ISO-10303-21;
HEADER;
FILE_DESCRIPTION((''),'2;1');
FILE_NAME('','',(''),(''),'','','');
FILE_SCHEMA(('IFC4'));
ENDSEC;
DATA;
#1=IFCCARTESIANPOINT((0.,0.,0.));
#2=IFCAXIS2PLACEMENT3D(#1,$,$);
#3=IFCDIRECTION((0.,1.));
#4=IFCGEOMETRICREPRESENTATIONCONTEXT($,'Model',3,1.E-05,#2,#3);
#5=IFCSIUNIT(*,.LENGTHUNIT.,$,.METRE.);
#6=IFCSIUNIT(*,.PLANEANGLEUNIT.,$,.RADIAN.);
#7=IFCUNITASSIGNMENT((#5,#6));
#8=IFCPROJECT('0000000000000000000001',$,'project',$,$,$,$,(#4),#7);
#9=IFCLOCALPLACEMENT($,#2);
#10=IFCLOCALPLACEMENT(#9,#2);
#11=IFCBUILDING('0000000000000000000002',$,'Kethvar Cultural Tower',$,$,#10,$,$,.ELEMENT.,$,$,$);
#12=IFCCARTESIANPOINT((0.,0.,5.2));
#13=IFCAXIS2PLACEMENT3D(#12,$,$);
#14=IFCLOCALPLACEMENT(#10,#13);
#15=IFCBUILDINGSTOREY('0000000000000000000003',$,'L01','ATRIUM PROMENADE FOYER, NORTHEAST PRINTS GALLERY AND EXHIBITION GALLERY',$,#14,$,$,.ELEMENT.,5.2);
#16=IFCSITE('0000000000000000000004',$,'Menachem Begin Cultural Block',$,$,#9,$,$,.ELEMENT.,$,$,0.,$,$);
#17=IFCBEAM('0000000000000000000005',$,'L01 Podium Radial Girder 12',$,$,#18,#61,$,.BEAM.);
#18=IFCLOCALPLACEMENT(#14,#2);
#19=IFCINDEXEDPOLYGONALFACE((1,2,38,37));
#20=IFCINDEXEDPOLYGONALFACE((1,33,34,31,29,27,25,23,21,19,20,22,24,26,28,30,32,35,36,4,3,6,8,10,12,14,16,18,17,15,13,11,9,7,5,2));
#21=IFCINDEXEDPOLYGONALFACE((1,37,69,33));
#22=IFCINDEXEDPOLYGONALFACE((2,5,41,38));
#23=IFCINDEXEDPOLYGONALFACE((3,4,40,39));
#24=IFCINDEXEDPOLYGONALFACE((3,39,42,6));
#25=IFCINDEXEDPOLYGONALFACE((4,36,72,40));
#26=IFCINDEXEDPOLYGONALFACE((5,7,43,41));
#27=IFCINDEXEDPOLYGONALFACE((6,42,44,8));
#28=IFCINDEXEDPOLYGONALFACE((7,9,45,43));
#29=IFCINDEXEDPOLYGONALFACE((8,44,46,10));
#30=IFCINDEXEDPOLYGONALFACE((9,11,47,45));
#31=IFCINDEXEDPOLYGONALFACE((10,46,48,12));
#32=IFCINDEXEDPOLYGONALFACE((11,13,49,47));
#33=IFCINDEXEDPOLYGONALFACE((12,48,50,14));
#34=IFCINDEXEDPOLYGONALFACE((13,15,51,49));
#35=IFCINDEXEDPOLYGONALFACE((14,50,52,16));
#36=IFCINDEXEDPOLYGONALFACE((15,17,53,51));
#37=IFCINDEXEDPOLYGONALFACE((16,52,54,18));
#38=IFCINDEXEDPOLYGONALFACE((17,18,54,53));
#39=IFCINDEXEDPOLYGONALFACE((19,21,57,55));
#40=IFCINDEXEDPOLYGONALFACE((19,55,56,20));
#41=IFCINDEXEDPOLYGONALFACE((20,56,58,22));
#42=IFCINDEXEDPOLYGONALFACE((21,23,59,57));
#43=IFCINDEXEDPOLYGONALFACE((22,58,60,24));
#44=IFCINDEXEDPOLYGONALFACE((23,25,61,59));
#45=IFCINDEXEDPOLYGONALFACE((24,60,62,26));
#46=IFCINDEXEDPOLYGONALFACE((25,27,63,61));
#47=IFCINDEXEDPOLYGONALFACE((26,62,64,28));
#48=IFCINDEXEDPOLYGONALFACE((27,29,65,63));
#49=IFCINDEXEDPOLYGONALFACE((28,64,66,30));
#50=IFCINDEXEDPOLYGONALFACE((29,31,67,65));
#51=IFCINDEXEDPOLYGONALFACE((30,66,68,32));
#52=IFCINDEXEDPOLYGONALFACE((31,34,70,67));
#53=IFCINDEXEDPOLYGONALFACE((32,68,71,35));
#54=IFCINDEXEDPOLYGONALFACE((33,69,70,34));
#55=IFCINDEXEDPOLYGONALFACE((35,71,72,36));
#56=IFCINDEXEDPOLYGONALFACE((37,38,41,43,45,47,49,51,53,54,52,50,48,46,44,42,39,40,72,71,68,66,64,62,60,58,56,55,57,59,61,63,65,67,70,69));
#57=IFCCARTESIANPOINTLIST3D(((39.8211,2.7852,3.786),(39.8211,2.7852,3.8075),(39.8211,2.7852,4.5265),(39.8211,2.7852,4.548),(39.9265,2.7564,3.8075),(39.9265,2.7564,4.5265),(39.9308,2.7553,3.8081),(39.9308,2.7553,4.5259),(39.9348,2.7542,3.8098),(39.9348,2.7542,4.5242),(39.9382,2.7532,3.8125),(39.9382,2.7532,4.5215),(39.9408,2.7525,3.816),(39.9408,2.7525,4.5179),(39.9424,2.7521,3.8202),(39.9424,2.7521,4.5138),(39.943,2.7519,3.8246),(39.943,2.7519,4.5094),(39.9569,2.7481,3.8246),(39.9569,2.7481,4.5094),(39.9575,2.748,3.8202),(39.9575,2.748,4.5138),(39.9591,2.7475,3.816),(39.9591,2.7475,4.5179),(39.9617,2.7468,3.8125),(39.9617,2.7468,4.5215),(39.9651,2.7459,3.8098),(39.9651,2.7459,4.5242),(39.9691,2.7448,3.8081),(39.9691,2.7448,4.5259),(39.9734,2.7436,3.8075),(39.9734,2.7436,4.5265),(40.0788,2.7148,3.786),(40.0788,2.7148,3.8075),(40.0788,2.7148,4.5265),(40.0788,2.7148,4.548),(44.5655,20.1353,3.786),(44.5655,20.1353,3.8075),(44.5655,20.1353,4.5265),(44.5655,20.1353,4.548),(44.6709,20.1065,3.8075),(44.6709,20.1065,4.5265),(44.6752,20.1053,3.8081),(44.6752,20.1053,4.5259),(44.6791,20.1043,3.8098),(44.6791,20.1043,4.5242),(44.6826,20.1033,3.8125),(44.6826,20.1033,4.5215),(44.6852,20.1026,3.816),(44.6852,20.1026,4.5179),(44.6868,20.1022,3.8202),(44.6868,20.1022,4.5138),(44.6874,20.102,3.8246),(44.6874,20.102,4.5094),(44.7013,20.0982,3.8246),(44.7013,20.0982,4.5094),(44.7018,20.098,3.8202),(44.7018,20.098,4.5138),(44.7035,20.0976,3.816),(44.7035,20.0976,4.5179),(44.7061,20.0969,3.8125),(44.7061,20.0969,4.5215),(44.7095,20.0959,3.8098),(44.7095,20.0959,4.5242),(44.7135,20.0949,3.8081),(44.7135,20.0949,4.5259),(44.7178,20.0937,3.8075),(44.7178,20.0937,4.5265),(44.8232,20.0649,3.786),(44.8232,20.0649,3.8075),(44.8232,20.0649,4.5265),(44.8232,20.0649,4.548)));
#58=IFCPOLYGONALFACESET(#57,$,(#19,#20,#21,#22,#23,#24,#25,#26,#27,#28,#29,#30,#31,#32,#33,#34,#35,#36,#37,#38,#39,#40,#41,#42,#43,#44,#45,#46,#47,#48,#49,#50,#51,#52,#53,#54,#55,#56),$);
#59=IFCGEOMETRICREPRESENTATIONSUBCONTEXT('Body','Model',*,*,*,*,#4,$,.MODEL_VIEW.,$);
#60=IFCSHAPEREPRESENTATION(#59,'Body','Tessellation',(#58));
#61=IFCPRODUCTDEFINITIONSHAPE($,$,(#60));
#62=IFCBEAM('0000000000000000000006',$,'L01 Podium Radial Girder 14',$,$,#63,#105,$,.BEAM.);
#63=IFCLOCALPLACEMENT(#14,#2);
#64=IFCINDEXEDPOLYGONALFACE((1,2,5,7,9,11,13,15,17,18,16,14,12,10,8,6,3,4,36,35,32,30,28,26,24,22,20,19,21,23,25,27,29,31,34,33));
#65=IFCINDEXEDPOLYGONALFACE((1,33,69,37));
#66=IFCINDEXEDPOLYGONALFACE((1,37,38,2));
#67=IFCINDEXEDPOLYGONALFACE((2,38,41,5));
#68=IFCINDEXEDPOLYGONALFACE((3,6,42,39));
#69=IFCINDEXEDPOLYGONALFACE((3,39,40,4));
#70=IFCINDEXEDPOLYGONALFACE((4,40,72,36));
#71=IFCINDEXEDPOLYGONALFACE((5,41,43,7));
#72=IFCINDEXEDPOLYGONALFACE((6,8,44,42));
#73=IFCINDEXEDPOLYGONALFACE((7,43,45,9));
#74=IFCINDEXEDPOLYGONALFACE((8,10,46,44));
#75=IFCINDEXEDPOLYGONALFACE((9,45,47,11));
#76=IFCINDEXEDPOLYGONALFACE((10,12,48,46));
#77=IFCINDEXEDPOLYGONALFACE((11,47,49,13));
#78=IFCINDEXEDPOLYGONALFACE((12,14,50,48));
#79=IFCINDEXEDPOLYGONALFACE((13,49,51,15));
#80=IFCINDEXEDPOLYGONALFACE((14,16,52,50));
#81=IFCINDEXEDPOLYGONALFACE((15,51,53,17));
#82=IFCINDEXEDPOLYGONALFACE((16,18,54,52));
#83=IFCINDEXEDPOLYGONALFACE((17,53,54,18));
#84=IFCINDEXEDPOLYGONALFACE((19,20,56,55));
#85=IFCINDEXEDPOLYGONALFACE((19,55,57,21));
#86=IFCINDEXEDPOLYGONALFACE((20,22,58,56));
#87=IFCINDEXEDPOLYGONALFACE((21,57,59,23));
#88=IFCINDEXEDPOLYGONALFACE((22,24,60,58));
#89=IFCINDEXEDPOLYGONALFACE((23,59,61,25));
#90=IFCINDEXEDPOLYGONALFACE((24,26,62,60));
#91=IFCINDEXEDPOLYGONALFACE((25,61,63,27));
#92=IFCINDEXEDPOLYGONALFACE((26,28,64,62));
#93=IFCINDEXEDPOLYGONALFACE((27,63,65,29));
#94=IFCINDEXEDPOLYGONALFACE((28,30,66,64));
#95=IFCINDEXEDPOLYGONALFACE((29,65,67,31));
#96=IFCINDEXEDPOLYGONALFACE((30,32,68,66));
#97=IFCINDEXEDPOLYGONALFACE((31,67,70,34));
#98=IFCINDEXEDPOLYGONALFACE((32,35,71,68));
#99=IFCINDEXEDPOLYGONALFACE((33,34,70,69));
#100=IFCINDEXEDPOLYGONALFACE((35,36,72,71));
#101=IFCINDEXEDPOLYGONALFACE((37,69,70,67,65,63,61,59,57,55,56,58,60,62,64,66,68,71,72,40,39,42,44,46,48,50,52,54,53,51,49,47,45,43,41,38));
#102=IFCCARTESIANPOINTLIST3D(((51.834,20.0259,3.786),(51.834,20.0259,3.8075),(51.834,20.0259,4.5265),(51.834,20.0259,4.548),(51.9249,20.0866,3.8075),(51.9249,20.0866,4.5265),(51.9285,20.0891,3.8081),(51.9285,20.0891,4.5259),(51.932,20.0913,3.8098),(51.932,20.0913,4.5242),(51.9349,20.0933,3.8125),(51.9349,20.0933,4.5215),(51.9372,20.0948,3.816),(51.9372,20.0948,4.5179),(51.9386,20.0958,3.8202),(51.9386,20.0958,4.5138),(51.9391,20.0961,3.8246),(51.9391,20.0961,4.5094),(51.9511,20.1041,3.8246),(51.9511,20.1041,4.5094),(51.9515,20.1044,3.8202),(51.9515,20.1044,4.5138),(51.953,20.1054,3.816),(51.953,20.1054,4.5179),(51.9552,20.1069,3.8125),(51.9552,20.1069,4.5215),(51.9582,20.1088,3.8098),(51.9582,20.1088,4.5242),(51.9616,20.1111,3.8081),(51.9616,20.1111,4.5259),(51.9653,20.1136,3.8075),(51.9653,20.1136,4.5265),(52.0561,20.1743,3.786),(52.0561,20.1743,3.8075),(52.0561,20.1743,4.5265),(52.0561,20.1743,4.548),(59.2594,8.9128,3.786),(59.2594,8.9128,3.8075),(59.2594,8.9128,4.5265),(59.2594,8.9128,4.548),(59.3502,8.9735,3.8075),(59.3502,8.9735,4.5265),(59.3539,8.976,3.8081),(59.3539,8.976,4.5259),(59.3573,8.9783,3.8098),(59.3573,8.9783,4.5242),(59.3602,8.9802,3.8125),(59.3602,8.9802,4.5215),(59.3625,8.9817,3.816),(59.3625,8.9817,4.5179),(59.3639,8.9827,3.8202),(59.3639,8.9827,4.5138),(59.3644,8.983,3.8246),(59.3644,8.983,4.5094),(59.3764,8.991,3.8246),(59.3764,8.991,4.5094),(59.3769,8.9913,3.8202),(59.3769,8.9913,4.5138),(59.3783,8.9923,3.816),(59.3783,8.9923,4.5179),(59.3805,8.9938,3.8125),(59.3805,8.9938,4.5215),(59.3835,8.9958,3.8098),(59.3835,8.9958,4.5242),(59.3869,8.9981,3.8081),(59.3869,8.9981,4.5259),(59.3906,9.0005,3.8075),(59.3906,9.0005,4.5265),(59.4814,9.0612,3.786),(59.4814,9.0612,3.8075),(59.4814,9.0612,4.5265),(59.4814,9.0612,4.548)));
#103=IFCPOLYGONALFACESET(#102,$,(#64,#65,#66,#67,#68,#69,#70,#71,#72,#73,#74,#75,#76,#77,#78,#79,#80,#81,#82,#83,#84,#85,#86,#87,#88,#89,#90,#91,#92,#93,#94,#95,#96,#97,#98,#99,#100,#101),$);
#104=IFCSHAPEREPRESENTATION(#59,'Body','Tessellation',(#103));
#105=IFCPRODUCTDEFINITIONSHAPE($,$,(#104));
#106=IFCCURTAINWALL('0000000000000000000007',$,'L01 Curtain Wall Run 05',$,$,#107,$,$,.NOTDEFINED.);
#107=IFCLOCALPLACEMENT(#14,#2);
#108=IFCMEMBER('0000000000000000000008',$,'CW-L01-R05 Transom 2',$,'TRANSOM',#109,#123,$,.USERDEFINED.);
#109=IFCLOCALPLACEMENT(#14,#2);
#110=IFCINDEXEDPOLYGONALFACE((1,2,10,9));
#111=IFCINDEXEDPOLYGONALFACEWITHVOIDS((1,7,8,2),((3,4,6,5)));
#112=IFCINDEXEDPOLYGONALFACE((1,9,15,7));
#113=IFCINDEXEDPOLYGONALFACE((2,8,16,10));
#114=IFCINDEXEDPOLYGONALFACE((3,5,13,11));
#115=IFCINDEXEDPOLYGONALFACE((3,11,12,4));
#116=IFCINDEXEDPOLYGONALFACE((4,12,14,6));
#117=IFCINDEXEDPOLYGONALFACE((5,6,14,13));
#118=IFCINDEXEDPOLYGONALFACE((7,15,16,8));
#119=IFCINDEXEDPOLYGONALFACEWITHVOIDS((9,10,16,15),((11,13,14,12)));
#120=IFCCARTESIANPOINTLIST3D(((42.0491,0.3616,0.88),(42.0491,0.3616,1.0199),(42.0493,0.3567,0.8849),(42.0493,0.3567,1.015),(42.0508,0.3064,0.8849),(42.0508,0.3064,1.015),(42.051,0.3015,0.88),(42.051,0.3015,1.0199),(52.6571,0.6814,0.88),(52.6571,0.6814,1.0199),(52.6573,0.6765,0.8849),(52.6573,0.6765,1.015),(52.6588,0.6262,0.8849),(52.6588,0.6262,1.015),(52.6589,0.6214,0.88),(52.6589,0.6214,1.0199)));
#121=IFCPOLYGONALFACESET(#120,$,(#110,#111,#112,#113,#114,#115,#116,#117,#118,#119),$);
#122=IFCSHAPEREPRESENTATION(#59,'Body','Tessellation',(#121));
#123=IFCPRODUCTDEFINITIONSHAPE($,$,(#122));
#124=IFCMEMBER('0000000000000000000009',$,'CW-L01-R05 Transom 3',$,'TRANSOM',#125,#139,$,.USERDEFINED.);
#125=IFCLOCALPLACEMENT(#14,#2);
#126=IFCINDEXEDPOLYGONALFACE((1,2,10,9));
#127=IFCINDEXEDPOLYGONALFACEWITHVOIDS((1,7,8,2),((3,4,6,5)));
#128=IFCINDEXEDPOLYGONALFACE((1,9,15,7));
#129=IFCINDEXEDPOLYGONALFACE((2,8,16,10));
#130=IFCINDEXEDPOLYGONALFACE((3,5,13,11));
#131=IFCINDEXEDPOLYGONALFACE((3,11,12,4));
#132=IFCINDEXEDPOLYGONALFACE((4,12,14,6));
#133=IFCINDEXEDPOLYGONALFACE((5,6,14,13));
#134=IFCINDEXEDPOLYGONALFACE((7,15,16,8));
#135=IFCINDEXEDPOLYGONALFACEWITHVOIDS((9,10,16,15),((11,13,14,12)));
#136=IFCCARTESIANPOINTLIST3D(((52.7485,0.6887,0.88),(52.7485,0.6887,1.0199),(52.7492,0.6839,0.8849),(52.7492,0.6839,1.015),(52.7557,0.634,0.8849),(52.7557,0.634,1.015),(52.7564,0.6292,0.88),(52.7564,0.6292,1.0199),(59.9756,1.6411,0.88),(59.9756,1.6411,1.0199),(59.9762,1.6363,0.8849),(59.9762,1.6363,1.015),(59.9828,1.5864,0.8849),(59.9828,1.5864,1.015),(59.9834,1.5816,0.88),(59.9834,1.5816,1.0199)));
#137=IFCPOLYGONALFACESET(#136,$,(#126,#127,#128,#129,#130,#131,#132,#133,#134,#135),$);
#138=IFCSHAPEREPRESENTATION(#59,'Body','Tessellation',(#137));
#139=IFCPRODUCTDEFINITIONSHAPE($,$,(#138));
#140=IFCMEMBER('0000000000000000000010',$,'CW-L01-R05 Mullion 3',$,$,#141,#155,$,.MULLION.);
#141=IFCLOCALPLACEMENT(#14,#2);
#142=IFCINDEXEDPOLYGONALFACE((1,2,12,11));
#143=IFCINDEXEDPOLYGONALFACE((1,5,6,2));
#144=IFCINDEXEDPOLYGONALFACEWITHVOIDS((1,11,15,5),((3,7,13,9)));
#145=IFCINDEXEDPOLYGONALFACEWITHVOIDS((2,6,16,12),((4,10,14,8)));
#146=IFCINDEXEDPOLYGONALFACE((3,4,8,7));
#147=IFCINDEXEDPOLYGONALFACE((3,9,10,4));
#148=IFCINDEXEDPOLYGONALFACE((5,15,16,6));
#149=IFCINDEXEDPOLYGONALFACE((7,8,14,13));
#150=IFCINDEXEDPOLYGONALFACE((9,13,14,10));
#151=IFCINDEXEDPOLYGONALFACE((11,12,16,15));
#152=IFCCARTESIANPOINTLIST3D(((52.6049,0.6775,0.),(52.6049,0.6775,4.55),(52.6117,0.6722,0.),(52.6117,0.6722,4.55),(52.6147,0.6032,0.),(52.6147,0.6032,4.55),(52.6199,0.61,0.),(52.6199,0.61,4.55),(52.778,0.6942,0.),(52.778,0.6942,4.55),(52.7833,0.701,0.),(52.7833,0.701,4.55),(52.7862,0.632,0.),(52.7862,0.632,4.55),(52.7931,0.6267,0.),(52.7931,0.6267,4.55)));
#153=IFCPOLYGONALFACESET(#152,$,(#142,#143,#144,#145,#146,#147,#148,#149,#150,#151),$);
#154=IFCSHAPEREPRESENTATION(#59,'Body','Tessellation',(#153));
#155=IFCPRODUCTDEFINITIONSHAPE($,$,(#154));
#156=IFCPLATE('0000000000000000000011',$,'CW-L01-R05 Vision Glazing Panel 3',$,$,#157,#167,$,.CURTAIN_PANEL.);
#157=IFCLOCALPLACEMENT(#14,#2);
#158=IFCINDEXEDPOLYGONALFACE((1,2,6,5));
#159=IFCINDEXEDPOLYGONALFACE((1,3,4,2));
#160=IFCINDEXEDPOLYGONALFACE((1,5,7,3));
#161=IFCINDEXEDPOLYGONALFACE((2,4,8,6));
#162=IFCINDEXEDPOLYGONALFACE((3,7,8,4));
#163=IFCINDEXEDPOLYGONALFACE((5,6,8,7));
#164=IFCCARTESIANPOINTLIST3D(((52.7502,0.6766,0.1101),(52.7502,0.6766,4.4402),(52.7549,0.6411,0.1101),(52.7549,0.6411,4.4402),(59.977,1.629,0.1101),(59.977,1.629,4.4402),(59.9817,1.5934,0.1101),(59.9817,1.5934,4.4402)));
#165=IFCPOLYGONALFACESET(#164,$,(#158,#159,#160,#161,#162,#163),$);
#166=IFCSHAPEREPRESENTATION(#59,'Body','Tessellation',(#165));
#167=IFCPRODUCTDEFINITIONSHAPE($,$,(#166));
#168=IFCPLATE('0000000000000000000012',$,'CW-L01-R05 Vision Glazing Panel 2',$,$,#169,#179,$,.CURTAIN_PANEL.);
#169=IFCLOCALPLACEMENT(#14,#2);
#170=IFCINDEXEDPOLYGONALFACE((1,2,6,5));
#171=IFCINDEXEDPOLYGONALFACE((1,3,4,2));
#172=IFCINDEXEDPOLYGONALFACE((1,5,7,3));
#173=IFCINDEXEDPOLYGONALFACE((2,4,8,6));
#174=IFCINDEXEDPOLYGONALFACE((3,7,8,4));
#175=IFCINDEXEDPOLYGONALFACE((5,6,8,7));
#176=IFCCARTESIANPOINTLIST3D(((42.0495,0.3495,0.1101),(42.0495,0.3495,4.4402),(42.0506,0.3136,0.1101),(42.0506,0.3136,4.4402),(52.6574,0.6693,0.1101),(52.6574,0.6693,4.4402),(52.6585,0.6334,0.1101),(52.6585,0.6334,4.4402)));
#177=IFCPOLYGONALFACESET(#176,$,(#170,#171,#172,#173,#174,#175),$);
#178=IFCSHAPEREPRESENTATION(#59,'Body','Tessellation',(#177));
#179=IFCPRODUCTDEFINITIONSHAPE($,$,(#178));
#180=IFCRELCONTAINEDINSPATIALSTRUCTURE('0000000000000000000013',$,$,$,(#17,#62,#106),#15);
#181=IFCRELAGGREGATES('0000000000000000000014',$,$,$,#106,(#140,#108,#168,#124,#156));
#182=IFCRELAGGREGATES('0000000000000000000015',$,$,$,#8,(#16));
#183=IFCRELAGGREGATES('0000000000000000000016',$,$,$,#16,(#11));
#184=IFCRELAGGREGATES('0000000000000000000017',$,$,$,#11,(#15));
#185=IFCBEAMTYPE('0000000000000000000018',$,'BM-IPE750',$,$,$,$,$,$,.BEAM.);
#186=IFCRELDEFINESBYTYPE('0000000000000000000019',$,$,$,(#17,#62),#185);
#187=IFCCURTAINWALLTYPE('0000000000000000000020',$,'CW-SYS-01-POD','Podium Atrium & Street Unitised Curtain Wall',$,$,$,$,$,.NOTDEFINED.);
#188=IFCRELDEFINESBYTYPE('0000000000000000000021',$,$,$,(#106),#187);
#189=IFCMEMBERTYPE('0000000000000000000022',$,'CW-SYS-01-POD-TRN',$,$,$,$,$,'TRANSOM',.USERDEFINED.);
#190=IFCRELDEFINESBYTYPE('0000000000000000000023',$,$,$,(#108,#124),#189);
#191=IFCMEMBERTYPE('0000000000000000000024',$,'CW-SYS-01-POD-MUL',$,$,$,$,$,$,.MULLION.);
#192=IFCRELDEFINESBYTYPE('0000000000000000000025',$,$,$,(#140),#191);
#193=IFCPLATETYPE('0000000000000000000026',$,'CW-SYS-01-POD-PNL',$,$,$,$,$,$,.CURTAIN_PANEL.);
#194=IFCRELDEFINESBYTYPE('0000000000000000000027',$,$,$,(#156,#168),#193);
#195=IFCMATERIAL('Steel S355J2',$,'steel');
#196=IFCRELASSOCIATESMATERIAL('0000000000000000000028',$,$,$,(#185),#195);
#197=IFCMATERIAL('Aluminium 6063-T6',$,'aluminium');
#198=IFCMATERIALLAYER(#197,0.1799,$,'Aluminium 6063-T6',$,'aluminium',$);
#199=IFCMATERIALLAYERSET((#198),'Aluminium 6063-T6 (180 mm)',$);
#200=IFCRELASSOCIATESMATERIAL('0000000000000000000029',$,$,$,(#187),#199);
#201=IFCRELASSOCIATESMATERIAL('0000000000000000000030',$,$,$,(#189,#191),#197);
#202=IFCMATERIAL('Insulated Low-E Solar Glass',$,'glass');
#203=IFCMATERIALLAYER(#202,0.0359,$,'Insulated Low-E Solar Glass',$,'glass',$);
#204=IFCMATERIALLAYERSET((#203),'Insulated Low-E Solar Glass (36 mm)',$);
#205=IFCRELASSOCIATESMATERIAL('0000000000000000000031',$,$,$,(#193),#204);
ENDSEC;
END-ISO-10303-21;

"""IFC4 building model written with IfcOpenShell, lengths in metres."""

from ifc_helpers import new_model, si_unit, direction, frame, origin, origin_2d, place, context, subcontext, project, spatial, rectangle, hollow_rectangle, i_section, extrude, source, transform, mapped, material, layer, layer_set, material_profile, profile_set, type_object, element, aggregate, save


model = new_model("IFC4")

# Units and contexts
model_context = context("Model", 3, precision=1e-05, world=origin(), true_north=direction((0.0, 1.0)))
body_context = subcontext(model_context, "Body", "Model", "MODEL_VIEW")
ifc_project = project(units=[si_unit("LENGTHUNIT", "METRE"), si_unit("PLANEANGLEUNIT", "RADIAN")], contexts=[model_context])

# Site, building, storey
site_placement = place(None, origin())
site = spatial("IfcSite", under=ifc_project, at=site_placement, Name="Menachem Begin Cultural Block", CompositionType="ELEMENT", RefElevation=0.0)
building_placement = place(site_placement, origin())
building = spatial("IfcBuilding", under=site, at=building_placement, Name="Kethvar Cultural Tower", CompositionType="ELEMENT")
storey_placement = place(building_placement, frame((0.0, 0.0, 5.2)))
storey = spatial("IfcBuildingStorey", under=building, at=storey_placement, Name="L01", Description="ATRIUM PROMENADE FOYER, NORTHEAST PRINTS GALLERY AND EXHIBITION GALLERY", CompositionType="ELEMENT", Elevation=5.2)

# Beams
ifc_material_1 = material(Name="Steel S355J2", Category="steel")
ifc_material_profile_1 = material_profile(ifc_material_1, i_section(OverallWidth=0.2671, OverallDepth=0.762, WebThickness=0.0144, FlangeThickness=0.0215, FilletRadius=0.0171, at=origin_2d()), Name="Steel S355J2 — IPE750x173")
ifc_profile_set_1 = profile_set([ifc_material_profile_1], Name="Steel S355J2 — IPE750x173")
beam_type_1 = type_object("IfcBeamType", Name="BM-IPE750", PredefinedType="BEAM", material=ifc_profile_set_1)
shared_shape_1 = source(origin(), body_context, "Body", "SweptSolid", [
    extrude(i_section(OverallWidth=0.2671, OverallDepth=0.762, WebThickness=0.0144, FlangeThickness=0.0215, FilletRadius=0.0171, at=origin_2d()), origin(), (0.0, 0.0, 1.0), 17.9871),
])
beam_1_placement = place(storey_placement, frame((44.6943, 20.1001, 4.167), z_axis=(-0.263766, -0.964587, 0.0), x_axis=(0.964587, -0.263766, 0.0)))
element("IfcBeam", 1, at=beam_1_placement, inside=storey, type_object=beam_type_1, Name="L01 Podium Radial Girder 12", PredefinedType="BEAM", context=body_context, shape_type="MappedRepresentation", body=[
    mapped(shared_shape_1, transform((0.0, 0.0, 0.0), scale=1.0)),
])
shared_shape_2 = source(origin(), body_context, "Body", "SweptSolid", [
    extrude(i_section(OverallWidth=0.2671, OverallDepth=0.762, WebThickness=0.0144, FlangeThickness=0.0215, FilletRadius=0.0171, at=origin_2d()), origin(), (0.0, 0.0, 1.0), 13.3655),
])
beam_2_placement = place(storey_placement, frame((51.9451, 20.1001, 4.167), z_axis=(0.55556, -0.831477, 0.0), x_axis=(0.831477, 0.55556, 0.0)))
element("IfcBeam", 2, at=beam_2_placement, inside=storey, type_object=beam_type_1, Name="L01 Podium Radial Girder 14", PredefinedType="BEAM", context=body_context, shape_type="MappedRepresentation", body=[
    mapped(shared_shape_2, transform((0.0, 0.0, 0.0), scale=1.0)),
])

# Curtain wall, members, plates
ifc_material_2 = material(Name="Aluminium 6063-T6", Category="aluminium")
ifc_layer_1 = layer(ifc_material_2, 0.1799, Name="Aluminium 6063-T6", Category="aluminium")
ifc_layer_set_1 = layer_set([ifc_layer_1], Name="Aluminium 6063-T6 (180 mm)")
curtain_wall_type = type_object("IfcCurtainWallType", Name="CW-SYS-01-POD", Description="Podium Atrium & Street Unitised Curtain Wall", PredefinedType="NOTDEFINED", material=ifc_layer_set_1)
curtain_wall_placement = place(storey_placement, origin())
curtain_wall = element("IfcCurtainWall", 3, at=curtain_wall_placement, inside=storey, type_object=curtain_wall_type, Name="L01 Curtain Wall Run 05", PredefinedType="NOTDEFINED")
ifc_material_profile_2 = material_profile(ifc_material_2, hollow_rectangle(XDim=0.0601, YDim=0.1399, WallThickness=0.0049, at=origin_2d()), Name="Aluminium 6063-T6 — RHS140x60x5")
ifc_profile_set_2 = profile_set([ifc_material_profile_2], Name="Aluminium 6063-T6 — RHS140x60x5")
member_type_1 = type_object("IfcMemberType", Name="CW-SYS-01-POD-TRN", ElementType="TRANSOM", PredefinedType="USERDEFINED", material=ifc_profile_set_2)
shared_shape_3 = source(origin(), body_context, "Body", "SweptSolid", [
    extrude(hollow_rectangle(XDim=0.0601, YDim=0.1399, WallThickness=0.0049, at=origin_2d()), origin(), (0.0, 0.0, 1.0), 10.6128),
])
member_1_placement = place(storey_placement, frame((42.05, 0.3315, 0.95), z_axis=(0.999546, 0.030136, 0.0), x_axis=(-0.030136, 0.999546, 0.0)))
member_1 = element("IfcMember", 4, at=member_1_placement, type_object=member_type_1, Name="CW-L01-R05 Transom 2", ObjectType="TRANSOM", PredefinedType="USERDEFINED", context=body_context, shape_type="MappedRepresentation", body=[
    mapped(shared_shape_3, transform((0.0, 0.0, 0.0), scale=1.0)),
])
shared_shape_4 = source(origin(), body_context, "Body", "SweptSolid", [
    extrude(hollow_rectangle(XDim=0.0601, YDim=0.1399, WallThickness=0.0049, at=origin_2d()), origin(), (0.0, 0.0, 1.0), 7.2896),
])
member_2_placement = place(storey_placement, frame((52.7524, 0.6589, 0.95), z_axis=(0.991428, 0.130652, 0.0), x_axis=(-0.130652, 0.991428, 0.0)))
member_2 = element("IfcMember", 5, at=member_2_placement, type_object=member_type_1, Name="CW-L01-R05 Transom 3", ObjectType="TRANSOM", PredefinedType="USERDEFINED", context=body_context, shape_type="MappedRepresentation", body=[
    mapped(shared_shape_4, transform((0.0, 0.0, 0.0), scale=1.0)),
])
ifc_material_profile_3 = material_profile(ifc_material_2, hollow_rectangle(XDim=0.075, YDim=0.1799, WallThickness=0.0061, at=origin_2d()), Name="Aluminium 6063-T6 — RHS180x75x6")
ifc_profile_set_3 = profile_set([ifc_material_profile_3], Name="Aluminium 6063-T6 — RHS180x75x6")
member_type_2 = type_object("IfcMemberType", Name="CW-SYS-01-POD-MUL", PredefinedType="MULLION", material=ifc_profile_set_3)
shared_shape_5 = source(origin(), body_context, "Body", "SweptSolid", [
    extrude(hollow_rectangle(XDim=0.075, YDim=0.1799, WallThickness=0.0061, at=origin_2d()), origin(), (0.0, 0.0, 1.0), 4.55),
])
member_3_placement = place(storey_placement, frame((52.699, 0.6521, 0.0), z_axis=(0.0, 0.0, 1.0), x_axis=(-0.130647, 0.991429, 0.0)))
member_3 = element("IfcMember", 6, at=member_3_placement, type_object=member_type_2, Name="CW-L01-R05 Mullion 3", PredefinedType="MULLION", context=body_context, shape_type="MappedRepresentation", body=[
    mapped(shared_shape_5, transform((0.0, 0.0, 0.0), scale=1.0)),
])
ifc_material_3 = material(Name="Insulated Low-E Solar Glass", Category="glass")
ifc_layer_2 = layer(ifc_material_3, 0.0359, Name="Insulated Low-E Solar Glass", Category="glass")
ifc_layer_set_2 = layer_set([ifc_layer_2], Name="Insulated Low-E Solar Glass (36 mm)")
plate_type = type_object("IfcPlateType", Name="CW-SYS-01-POD-PNL", PredefinedType="CURTAIN_PANEL", material=ifc_layer_set_2)
shared_shape_6 = source(origin(), body_context, "Body", "SweptSolid", [
    extrude(rectangle(XDim=7.2893, YDim=0.0359, at=origin_2d()), origin(), (0.0, 0.0, 1.0), 4.3301),
])
plate_1_placement = place(storey_placement, frame((56.366, 1.135, 0.1101), z_axis=(0.0, 0.0, 1.0), x_axis=(0.991429, 0.130647, 0.0)))
plate_1 = element("IfcPlate", 7, at=plate_1_placement, type_object=plate_type, Name="CW-L01-R05 Vision Glazing Panel 3", PredefinedType="CURTAIN_PANEL", context=body_context, shape_type="MappedRepresentation", body=[
    mapped(shared_shape_6, transform((0.0, 0.0, 0.0), scale=1.0)),
])
shared_shape_7 = source(origin(), body_context, "Body", "SweptSolid", [
    extrude(rectangle(XDim=10.6128, YDim=0.0359, at=origin_2d()), origin(), (0.0, 0.0, 1.0), 4.3301),
])
plate_2_placement = place(storey_placement, frame((47.354, 0.4915, 0.1101), z_axis=(0.0, 0.0, 1.0), x_axis=(0.999546, 0.030137, 0.0)))
plate_2 = element("IfcPlate", 8, at=plate_2_placement, type_object=plate_type, Name="CW-L01-R05 Vision Glazing Panel 2", PredefinedType="CURTAIN_PANEL", context=body_context, shape_type="MappedRepresentation", body=[
    mapped(shared_shape_7, transform((0.0, 0.0, 0.0), scale=1.0)),
])
aggregate(curtain_wall, [member_3, member_1, plate_2, member_2, plate_1])

save(model, "model.ifc")
